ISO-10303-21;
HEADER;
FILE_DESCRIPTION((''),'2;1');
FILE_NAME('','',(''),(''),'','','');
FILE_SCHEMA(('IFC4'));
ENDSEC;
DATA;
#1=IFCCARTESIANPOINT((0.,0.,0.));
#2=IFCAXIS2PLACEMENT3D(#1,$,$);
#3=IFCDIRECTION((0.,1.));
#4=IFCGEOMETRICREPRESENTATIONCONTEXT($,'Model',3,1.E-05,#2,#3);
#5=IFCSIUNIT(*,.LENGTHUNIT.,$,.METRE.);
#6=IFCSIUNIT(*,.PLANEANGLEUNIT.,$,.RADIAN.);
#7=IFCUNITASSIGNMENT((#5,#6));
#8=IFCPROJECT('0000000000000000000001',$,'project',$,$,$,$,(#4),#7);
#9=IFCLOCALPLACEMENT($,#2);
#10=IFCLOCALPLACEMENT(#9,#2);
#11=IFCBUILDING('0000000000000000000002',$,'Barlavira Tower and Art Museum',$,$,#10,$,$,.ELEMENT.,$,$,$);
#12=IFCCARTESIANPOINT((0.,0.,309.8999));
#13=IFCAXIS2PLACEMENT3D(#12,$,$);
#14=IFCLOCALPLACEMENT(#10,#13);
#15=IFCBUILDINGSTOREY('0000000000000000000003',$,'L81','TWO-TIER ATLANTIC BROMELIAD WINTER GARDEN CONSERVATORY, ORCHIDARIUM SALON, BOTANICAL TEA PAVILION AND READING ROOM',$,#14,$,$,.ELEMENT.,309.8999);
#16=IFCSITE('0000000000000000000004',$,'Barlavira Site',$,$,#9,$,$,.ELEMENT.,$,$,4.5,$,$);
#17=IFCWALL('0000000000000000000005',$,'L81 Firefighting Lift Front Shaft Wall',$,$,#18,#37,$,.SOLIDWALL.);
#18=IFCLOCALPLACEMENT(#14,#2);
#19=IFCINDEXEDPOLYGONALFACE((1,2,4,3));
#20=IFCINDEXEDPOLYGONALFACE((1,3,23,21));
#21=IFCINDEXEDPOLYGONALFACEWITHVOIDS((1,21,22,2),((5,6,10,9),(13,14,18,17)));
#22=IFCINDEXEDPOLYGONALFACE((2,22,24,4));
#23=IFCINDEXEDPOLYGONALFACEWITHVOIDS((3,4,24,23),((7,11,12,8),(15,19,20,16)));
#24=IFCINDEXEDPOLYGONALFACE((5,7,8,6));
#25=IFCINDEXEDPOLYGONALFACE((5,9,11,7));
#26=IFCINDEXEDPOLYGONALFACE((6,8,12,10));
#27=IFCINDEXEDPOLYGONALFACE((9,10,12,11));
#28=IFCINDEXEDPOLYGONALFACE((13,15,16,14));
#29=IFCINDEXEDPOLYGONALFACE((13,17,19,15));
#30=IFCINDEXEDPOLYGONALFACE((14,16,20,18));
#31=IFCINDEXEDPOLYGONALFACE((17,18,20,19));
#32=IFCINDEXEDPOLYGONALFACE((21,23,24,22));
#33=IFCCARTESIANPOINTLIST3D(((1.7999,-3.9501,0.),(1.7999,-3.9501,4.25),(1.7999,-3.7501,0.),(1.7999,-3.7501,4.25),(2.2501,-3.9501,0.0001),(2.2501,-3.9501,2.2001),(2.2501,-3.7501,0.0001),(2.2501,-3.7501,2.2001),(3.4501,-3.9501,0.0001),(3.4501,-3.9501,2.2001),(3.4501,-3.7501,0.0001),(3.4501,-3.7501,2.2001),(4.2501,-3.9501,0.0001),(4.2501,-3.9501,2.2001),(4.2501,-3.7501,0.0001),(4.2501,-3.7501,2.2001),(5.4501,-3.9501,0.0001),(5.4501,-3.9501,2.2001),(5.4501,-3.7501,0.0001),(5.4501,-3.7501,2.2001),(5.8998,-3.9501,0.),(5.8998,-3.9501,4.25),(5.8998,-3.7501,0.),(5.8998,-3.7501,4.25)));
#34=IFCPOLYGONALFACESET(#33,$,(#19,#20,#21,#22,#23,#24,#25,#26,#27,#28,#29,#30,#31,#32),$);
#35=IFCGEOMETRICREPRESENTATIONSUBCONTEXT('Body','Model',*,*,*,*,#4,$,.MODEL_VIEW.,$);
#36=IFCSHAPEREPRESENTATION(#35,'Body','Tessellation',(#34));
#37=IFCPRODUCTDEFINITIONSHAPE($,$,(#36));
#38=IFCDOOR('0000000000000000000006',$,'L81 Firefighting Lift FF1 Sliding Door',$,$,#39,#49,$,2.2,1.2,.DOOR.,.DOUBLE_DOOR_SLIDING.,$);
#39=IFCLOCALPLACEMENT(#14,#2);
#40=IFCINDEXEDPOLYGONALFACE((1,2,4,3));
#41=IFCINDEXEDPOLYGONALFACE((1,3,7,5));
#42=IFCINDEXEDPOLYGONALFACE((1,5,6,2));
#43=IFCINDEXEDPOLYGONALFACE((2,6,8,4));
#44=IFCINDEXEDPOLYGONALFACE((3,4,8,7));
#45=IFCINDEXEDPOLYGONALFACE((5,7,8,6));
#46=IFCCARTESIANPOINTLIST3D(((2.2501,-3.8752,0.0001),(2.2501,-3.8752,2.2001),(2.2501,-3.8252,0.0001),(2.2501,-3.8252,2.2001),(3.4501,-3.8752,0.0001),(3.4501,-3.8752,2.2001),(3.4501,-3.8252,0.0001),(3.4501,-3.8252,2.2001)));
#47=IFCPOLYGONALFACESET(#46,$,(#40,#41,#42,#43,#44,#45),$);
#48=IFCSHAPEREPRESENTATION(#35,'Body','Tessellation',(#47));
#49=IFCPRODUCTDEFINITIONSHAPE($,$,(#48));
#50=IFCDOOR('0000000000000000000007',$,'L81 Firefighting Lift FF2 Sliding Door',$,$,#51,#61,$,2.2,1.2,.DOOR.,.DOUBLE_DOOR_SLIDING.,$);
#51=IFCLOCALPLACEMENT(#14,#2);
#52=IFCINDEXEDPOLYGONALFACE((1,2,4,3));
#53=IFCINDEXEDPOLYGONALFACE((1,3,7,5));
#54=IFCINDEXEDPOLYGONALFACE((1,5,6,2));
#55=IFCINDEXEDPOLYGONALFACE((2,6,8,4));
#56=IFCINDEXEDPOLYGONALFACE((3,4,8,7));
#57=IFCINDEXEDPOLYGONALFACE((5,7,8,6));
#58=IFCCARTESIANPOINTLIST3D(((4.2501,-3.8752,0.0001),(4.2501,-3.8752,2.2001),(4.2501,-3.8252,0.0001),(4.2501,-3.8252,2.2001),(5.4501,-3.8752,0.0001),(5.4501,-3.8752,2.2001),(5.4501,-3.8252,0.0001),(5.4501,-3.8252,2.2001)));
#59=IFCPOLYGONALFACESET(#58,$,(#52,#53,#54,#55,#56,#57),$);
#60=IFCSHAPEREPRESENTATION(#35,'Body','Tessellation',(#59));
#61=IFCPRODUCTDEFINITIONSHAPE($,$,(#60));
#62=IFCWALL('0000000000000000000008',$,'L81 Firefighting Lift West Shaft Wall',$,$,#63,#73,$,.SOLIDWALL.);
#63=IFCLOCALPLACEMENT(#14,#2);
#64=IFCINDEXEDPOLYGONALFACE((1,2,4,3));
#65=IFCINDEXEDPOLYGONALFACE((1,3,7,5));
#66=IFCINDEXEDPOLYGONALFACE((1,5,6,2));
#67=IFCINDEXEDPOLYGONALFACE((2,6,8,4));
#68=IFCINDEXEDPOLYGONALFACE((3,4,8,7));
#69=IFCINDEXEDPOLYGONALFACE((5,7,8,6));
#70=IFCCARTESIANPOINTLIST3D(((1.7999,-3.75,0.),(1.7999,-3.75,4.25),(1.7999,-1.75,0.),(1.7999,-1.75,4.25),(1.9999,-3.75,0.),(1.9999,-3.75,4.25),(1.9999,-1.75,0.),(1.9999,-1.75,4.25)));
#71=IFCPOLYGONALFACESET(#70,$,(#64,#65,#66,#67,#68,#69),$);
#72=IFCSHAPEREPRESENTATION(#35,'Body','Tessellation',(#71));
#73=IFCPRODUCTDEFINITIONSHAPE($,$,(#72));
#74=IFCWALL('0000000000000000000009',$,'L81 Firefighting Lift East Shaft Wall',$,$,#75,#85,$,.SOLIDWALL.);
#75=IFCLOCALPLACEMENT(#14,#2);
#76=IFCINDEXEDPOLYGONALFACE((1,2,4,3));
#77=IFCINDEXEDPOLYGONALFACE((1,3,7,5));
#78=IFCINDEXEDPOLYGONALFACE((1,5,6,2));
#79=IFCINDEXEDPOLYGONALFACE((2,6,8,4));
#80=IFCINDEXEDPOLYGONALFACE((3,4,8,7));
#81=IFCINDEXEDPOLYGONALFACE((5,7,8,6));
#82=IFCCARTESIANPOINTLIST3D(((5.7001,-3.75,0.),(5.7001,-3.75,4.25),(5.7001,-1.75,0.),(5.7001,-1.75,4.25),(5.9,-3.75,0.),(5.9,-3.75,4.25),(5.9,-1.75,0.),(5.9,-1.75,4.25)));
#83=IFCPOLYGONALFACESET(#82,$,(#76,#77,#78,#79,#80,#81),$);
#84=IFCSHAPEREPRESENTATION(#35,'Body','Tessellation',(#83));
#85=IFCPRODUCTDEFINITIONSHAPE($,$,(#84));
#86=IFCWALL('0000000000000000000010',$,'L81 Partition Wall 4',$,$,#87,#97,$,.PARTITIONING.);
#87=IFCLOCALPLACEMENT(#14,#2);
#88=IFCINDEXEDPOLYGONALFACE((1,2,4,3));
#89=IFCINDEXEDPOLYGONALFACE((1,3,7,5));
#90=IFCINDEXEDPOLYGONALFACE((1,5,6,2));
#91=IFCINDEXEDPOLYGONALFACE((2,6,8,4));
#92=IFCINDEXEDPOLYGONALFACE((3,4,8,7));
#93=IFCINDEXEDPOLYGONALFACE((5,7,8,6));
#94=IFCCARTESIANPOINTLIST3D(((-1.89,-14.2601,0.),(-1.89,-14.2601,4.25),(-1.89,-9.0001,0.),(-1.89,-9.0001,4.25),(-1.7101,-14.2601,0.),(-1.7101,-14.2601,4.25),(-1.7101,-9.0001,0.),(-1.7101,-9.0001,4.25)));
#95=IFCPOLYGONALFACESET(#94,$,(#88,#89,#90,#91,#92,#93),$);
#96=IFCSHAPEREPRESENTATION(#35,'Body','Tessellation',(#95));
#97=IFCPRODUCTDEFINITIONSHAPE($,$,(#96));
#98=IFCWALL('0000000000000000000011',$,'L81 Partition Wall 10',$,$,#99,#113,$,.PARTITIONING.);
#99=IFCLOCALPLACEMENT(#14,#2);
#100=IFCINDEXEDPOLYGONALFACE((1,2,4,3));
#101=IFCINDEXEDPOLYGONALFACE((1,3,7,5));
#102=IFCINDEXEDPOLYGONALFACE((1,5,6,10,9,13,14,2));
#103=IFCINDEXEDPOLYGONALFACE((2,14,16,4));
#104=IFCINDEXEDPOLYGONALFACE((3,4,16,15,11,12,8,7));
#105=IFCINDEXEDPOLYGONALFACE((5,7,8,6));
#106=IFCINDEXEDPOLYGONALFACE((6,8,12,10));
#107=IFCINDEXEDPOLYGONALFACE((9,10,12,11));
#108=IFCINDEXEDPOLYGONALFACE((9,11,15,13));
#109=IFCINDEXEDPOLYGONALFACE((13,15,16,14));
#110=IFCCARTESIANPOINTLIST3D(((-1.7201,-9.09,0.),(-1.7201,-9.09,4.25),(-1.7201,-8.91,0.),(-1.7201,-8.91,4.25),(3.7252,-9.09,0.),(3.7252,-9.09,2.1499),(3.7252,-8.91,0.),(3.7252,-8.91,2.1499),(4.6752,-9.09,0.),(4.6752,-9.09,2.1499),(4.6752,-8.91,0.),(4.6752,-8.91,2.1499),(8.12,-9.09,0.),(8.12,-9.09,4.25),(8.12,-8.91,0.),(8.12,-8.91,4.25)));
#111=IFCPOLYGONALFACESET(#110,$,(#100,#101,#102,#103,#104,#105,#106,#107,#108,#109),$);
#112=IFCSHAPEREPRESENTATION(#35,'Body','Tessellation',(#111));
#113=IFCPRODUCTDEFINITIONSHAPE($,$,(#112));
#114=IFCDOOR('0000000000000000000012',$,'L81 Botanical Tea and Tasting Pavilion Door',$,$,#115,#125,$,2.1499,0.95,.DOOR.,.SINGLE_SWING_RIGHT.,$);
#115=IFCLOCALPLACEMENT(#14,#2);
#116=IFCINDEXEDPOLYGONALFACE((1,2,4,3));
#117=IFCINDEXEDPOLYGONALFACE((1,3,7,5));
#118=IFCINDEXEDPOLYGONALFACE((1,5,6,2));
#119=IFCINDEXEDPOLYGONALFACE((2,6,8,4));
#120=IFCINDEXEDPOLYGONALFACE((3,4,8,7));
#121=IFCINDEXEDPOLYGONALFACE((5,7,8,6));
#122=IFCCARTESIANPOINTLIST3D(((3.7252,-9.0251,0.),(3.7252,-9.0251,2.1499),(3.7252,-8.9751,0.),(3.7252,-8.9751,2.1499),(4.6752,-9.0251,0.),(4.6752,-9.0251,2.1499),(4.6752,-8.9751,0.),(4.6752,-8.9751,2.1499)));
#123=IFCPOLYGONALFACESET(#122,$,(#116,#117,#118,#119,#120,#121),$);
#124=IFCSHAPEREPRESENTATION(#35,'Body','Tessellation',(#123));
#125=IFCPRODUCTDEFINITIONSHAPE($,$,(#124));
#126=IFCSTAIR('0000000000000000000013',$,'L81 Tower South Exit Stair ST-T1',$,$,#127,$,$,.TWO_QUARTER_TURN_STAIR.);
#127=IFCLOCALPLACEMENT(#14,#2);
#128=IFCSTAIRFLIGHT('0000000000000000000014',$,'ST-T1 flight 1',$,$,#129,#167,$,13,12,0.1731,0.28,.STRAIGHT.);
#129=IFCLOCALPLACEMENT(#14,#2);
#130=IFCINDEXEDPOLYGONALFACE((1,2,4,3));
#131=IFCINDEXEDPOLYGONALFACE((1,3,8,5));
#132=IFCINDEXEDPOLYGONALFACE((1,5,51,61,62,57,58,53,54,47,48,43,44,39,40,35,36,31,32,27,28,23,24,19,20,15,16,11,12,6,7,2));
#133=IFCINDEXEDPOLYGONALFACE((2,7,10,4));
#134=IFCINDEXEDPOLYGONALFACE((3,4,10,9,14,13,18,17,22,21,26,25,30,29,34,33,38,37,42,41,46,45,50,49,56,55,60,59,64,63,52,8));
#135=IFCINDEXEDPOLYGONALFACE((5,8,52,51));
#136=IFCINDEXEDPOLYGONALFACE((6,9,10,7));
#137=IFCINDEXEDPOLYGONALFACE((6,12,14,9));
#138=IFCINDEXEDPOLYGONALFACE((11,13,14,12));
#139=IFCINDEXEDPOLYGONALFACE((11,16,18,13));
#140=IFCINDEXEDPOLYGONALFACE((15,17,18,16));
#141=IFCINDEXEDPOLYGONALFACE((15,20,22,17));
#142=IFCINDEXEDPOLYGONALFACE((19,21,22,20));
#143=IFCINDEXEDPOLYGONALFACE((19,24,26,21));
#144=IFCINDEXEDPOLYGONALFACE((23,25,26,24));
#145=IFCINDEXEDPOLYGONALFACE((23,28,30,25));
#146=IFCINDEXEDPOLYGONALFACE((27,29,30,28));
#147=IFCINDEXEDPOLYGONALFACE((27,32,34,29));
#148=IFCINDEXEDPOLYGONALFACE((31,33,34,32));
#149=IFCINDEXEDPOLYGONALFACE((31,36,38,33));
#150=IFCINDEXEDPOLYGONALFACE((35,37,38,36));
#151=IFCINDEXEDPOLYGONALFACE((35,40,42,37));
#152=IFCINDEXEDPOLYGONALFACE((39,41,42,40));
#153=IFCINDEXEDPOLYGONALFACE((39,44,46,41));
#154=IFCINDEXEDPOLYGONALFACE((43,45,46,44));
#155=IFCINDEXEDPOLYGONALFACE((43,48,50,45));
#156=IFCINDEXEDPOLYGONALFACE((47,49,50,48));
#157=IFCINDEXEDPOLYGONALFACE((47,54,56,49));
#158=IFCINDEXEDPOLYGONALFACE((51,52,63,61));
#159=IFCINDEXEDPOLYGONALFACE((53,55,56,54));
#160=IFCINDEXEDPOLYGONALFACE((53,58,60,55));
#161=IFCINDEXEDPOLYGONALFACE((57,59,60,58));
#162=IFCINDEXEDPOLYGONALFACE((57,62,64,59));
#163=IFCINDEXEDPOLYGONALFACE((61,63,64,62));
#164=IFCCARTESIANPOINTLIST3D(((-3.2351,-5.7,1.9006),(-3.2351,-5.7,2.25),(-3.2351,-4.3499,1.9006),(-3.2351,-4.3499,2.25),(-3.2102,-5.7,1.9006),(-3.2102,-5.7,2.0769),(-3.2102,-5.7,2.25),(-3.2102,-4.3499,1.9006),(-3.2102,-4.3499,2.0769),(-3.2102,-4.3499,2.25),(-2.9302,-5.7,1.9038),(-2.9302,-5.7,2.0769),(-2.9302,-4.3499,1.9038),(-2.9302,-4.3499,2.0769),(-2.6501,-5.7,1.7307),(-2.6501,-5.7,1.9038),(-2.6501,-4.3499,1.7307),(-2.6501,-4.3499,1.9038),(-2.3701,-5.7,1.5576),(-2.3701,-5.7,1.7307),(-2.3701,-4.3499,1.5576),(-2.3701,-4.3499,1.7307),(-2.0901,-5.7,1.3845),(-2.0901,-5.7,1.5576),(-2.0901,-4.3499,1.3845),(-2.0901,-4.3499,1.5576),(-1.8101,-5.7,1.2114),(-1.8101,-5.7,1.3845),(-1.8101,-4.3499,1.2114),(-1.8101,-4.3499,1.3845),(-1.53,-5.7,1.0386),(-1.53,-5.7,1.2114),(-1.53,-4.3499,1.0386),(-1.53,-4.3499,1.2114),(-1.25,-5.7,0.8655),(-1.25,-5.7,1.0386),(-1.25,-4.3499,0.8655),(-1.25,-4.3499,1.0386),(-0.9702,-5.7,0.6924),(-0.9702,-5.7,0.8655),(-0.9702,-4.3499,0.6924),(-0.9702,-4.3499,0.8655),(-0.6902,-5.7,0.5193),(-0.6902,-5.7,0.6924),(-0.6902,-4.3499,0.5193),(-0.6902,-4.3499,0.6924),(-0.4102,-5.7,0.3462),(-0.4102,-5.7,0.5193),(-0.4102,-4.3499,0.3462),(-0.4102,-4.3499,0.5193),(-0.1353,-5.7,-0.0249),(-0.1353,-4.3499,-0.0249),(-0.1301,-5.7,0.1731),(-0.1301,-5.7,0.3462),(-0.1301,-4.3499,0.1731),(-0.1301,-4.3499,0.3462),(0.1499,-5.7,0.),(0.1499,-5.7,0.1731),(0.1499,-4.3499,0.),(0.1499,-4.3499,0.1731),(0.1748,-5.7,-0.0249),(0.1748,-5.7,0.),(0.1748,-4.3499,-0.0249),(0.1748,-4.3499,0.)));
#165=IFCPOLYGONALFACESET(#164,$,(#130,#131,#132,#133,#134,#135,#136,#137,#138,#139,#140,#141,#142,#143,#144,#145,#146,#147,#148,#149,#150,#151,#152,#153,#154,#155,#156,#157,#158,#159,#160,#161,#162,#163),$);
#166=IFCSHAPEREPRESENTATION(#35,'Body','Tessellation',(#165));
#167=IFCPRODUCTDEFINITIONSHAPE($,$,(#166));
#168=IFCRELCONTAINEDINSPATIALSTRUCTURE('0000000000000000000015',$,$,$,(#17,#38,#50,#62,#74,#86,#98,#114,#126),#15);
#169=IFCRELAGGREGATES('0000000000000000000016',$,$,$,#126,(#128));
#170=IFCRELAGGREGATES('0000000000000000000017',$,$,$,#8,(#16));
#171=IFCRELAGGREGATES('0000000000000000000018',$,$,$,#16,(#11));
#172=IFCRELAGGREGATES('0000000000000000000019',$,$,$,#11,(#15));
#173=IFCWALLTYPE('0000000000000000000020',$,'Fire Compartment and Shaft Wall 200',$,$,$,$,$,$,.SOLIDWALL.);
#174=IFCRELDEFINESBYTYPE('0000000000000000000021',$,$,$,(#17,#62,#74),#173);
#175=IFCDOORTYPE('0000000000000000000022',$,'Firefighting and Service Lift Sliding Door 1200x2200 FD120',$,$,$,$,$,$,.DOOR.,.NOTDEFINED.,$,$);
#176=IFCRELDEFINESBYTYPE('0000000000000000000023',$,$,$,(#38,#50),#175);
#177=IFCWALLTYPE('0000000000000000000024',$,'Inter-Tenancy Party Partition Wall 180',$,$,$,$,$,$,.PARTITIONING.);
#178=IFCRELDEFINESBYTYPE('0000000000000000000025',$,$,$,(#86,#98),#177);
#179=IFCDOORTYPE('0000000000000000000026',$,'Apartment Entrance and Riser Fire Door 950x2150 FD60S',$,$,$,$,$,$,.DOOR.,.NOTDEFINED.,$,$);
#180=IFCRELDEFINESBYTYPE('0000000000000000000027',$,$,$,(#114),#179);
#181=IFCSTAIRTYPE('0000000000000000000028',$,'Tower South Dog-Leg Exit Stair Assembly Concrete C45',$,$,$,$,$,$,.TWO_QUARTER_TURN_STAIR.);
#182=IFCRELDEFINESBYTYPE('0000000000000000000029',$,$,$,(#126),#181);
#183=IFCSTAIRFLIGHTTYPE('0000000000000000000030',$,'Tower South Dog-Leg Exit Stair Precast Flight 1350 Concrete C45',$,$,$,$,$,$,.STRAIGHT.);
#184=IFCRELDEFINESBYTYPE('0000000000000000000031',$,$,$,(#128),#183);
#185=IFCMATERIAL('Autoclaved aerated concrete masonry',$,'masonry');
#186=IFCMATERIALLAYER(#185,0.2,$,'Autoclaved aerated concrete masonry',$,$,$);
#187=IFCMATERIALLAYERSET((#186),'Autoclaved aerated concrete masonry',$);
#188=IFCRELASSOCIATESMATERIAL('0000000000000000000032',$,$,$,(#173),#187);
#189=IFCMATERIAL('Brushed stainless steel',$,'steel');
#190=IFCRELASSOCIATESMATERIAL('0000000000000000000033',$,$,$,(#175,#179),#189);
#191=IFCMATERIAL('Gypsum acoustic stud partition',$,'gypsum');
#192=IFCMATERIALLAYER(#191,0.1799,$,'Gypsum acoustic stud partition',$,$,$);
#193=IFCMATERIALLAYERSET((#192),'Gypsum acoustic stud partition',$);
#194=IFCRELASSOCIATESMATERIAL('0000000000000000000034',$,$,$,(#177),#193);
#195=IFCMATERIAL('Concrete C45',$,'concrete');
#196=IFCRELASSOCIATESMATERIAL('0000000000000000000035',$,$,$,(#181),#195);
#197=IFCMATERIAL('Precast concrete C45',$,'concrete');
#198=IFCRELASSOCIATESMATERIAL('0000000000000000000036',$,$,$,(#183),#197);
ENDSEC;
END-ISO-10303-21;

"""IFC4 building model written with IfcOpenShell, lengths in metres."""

from ifc_helpers import new_model, si_unit, direction, frame, frame_2d, origin, place, context, subcontext, project, spatial, polyline, rectangle, outline, extrude, material, layer, layer_set, type_object, element, fill, aggregate, save


model = new_model("IFC4")

# Units and contexts
model_context = context("Model", 3, precision=1e-05, world=origin(), true_north=direction((0.0, 1.0)))
body_context = subcontext(model_context, "Body", "Model", "MODEL_VIEW")
ifc_project = project(units=[si_unit("LENGTHUNIT", "METRE"), si_unit("PLANEANGLEUNIT", "RADIAN")], contexts=[model_context])

# Site, building, storey
site_placement = place(None, origin())
site = spatial("IfcSite", under=ifc_project, at=site_placement, Name="Barlavira Site", CompositionType="ELEMENT", RefElevation=4.5)
building_placement = place(site_placement, origin())
building = spatial("IfcBuilding", under=site, at=building_placement, Name="Barlavira Tower and Art Museum", CompositionType="ELEMENT")
storey_placement = place(building_placement, frame((0.0, 0.0, 309.8999)))
storey = spatial("IfcBuildingStorey", under=building, at=storey_placement, Name="L81", Description="TWO-TIER ATLANTIC BROMELIAD WINTER GARDEN CONSERVATORY, ORCHIDARIUM SALON, BOTANICAL TEA PAVILION AND READING ROOM", CompositionType="ELEMENT", Elevation=309.8999)

# Wall, openings, doors
ifc_material_1 = material(Name="Autoclaved aerated concrete masonry", Category="masonry")
ifc_layer_1 = layer(ifc_material_1, 0.2, Name="Autoclaved aerated concrete masonry")
ifc_layer_set_1 = layer_set([ifc_layer_1], Name="Autoclaved aerated concrete masonry")
wall_type_1 = type_object("IfcWallType", Name="Fire Compartment and Shaft Wall 200", PredefinedType="SOLIDWALL", material=ifc_layer_set_1)
wall_1_placement = place(storey_placement, frame((1.8, -3.8501, 0.0), z_axis=(0.0, 0.0, 1.0), x_axis=(1.0, 0.0, 0.0)))
wall_1 = element("IfcWall", 1, at=wall_1_placement, inside=storey, type_object=wall_type_1, Name="L81 Firefighting Lift Front Shaft Wall", PredefinedType="SOLIDWALL", context=body_context, shape_type="SweptSolid", body=[
    extrude(rectangle(XDim=4.0999, YDim=0.2, at=frame_2d((2.0498, 0.0))), origin(), (0.0, 0.0, 1.0), 4.25),
])
opening_1_placement = place(wall_1_placement, frame((0.45, 0.0, 0.0)))
opening_1 = element("IfcOpeningElement", 2, at=opening_1_placement, cuts=wall_1, PredefinedType="OPENING", context=body_context, shape_type="SweptSolid", body=[
    extrude(rectangle(XDim=1.2, YDim=2.2, at=frame_2d((0.6001, 1.1001))), frame((0.0, 0.1099, 0.0), z_axis=(0.0, -1.0, 0.0), x_axis=(1.0, 0.0, 0.0)), (0.0, 0.0, 1.0), 0.22),
])
opening_2_placement = place(wall_1_placement, frame((2.45, 0.0, 0.0)))
opening_2 = element("IfcOpeningElement", 3, at=opening_2_placement, cuts=wall_1, PredefinedType="OPENING", context=body_context, shape_type="SweptSolid", body=[
    extrude(rectangle(XDim=1.2, YDim=2.2, at=frame_2d((0.6001, 1.1001))), frame((0.0, 0.1099, 0.0), z_axis=(0.0, -1.0, 0.0), x_axis=(1.0, 0.0, 0.0)), (0.0, 0.0, 1.0), 0.22),
])
ifc_material_2 = material(Name="Brushed stainless steel", Category="steel")
door_type_1 = type_object("IfcDoorType", Name="Firefighting and Service Lift Sliding Door 1200x2200 FD120", OperationType="NOTDEFINED", PredefinedType="DOOR", material=ifc_material_2)
door_1_placement = place(opening_1_placement, origin())
door_1 = element("IfcDoor", 4, at=door_1_placement, inside=storey, type_object=door_type_1, Name="L81 Firefighting Lift FF1 Sliding Door", OperationType="DOUBLE_DOOR_SLIDING", OverallHeight=2.2, OverallWidth=1.2, PredefinedType="DOOR", context=body_context, shape_type="SweptSolid", body=[
    extrude(rectangle(XDim=1.2, YDim=2.2, at=frame_2d((0.6001, 1.1001))), frame((0.0, 0.0249, 0.0), z_axis=(0.0, -1.0, 0.0), x_axis=(1.0, 0.0, 0.0)), (0.0, 0.0, 1.0), 0.05),
])
fill(opening_1, door_1)
door_2_placement = place(opening_2_placement, origin())
door_2 = element("IfcDoor", 5, at=door_2_placement, inside=storey, type_object=door_type_1, Name="L81 Firefighting Lift FF2 Sliding Door", OperationType="DOUBLE_DOOR_SLIDING", OverallHeight=2.2, OverallWidth=1.2, PredefinedType="DOOR", context=body_context, shape_type="SweptSolid", body=[
    extrude(rectangle(XDim=1.2, YDim=2.2, at=frame_2d((0.6001, 1.1001))), frame((0.0, 0.0249, 0.0), z_axis=(0.0, -1.0, 0.0), x_axis=(1.0, 0.0, 0.0)), (0.0, 0.0, 1.0), 0.05),
])
fill(opening_2, door_2)

# Walls
for number, where, z_axis, x_axis, name in (
    (6, (1.8999, -3.75, 0.0), (0.0, 0.0, 1.0), (0.0, 1.0, 0.0), "L81 Firefighting Lift West Shaft Wall"),
    (7, (5.8, -3.75, 0.0), (0.0, 0.0, 1.0), (0.0, 1.0, 0.0), "L81 Firefighting Lift East Shaft Wall"),
):
    element("IfcWall", number, at=place(storey_placement, frame(where, z_axis=z_axis, x_axis=x_axis)), inside=storey, type_object=wall_type_1, Name=name, PredefinedType="SOLIDWALL", context=body_context, shape_type="SweptSolid", body=[
        extrude(rectangle(XDim=2.0, YDim=0.2, at=frame_2d((1.0, 0.0))), origin(), (0.0, 0.0, 1.0), 4.25),
    ])
ifc_material_3 = material(Name="Gypsum acoustic stud partition", Category="gypsum")
ifc_layer_2 = layer(ifc_material_3, 0.1799, Name="Gypsum acoustic stud partition")
ifc_layer_set_2 = layer_set([ifc_layer_2], Name="Gypsum acoustic stud partition")
wall_type_2 = type_object("IfcWallType", Name="Inter-Tenancy Party Partition Wall 180", PredefinedType="PARTITIONING", material=ifc_layer_set_2)
wall_2_placement = place(storey_placement, frame((-1.8, -14.26, 0.0), z_axis=(0.0, 0.0, 1.0), x_axis=(0.0, 1.0, 0.0)))
element("IfcWall", 8, at=wall_2_placement, inside=storey, type_object=wall_type_2, Name="L81 Partition Wall 4", PredefinedType="PARTITIONING", context=body_context, shape_type="SweptSolid", body=[
    extrude(rectangle(XDim=5.26, YDim=0.1799, at=frame_2d((2.6299, 0.0))), origin(), (0.0, 0.0, 1.0), 4.25),
])

# Wall, opening, door
wall_3_placement = place(storey_placement, frame((-1.72, -9.0, 0.0), z_axis=(0.0, 0.0, 1.0), x_axis=(1.0, 0.0, 0.0)))
wall_3 = element("IfcWall", 9, at=wall_3_placement, inside=storey, type_object=wall_type_2, Name="L81 Partition Wall 10", PredefinedType="PARTITIONING", context=body_context, shape_type="SweptSolid", body=[
    extrude(rectangle(XDim=9.8401, YDim=0.1799, at=frame_2d((4.9199, 0.0))), origin(), (0.0, 0.0, 1.0), 4.25),
])
opening_3_placement = place(wall_3_placement, frame((5.4451, 0.0, 0.0)))
opening_3 = element("IfcOpeningElement", 10, at=opening_3_placement, cuts=wall_3, PredefinedType="OPENING", context=body_context, shape_type="SweptSolid", body=[
    extrude(rectangle(XDim=0.95, YDim=2.1499, at=frame_2d((0.4751, 1.075))), frame((0.0, 0.1001, 0.0), z_axis=(0.0, -1.0, 0.0), x_axis=(1.0, 0.0, 0.0)), (0.0, 0.0, 1.0), 0.2),
])
door_type_2 = type_object("IfcDoorType", Name="Apartment Entrance and Riser Fire Door 950x2150 FD60S", OperationType="NOTDEFINED", PredefinedType="DOOR", material=ifc_material_2)
door_3_placement = place(opening_3_placement, origin())
door_3 = element("IfcDoor", 11, at=door_3_placement, inside=storey, type_object=door_type_2, Name="L81 Botanical Tea and Tasting Pavilion Door", OperationType="SINGLE_SWING_RIGHT", OverallHeight=2.1499, OverallWidth=0.95, PredefinedType="DOOR", context=body_context, shape_type="SweptSolid", body=[
    extrude(rectangle(XDim=0.95, YDim=2.1499, at=frame_2d((0.4751, 1.075))), frame((0.0, 0.0249, 0.0), z_axis=(0.0, -1.0, 0.0), x_axis=(1.0, 0.0, 0.0)), (0.0, 0.0, 1.0), 0.05),
])
fill(opening_3, door_3)

# Stair, stair flight
ifc_material_4 = material(Name="Concrete C45", Category="concrete")
stair_type = type_object("IfcStairType", Name="Tower South Dog-Leg Exit Stair Assembly Concrete C45", PredefinedType="TWO_QUARTER_TURN_STAIR", material=ifc_material_4)
stair_placement = place(storey_placement, origin())
stair = element("IfcStair", 12, at=stair_placement, inside=storey, type_object=stair_type, Name="L81 Tower South Exit Stair ST-T1", PredefinedType="TWO_QUARTER_TURN_STAIR")
ifc_material_5 = material(Name="Precast concrete C45", Category="concrete")
stair_flight_type = type_object("IfcStairFlightType", Name="Tower South Dog-Leg Exit Stair Precast Flight 1350 Concrete C45", PredefinedType="STRAIGHT", material=ifc_material_5)
stair_flight_placement = place(storey_placement, frame((0.1499, -5.0249, 0.0), z_axis=(0.0, 0.0, 1.0), x_axis=(-1.0, 0.0, 0.0)))
stair_flight = element("IfcStairFlight", 13, at=stair_flight_placement, type_object=stair_flight_type, Name="ST-T1 flight 1", NumberOfRisers=13, NumberOfTreads=12, PredefinedType="STRAIGHT", RiserHeight=0.1731, TreadLength=0.28, context=body_context, shape_type="SweptSolid", body=[
    extrude(outline(polyline([(-0.0249, 0.0), (0.0, 0.0), (0.0, 0.1731), (0.28, 0.1731), (0.28, 0.3462), (0.5601, 0.3462), (0.5601, 0.5193), (0.8401, 0.5193), (0.8401, 0.6924), (1.1201, 0.6924), (1.1201, 0.8655), (1.3999, 0.8655), (1.3999, 1.0386), (1.6799, 1.0386), (1.6799, 1.2114), (1.96, 1.2114), (1.96, 1.3845), (2.24, 1.3845), (2.24, 1.5576), (2.52, 1.5576), (2.52, 1.7307), (2.8, 1.7307), (2.8, 1.9038), (3.0801, 1.9038), (3.0801, 2.0769), (3.3601, 2.0769), (3.3601, 2.25), (3.385, 2.25), (3.385, 1.9006), (3.3601, 1.9006), (0.2852, -0.0249), (-0.0249, -0.0249), (-0.0249, 0.0)])), frame((0.0, 0.675, 0.0), z_axis=(0.0, -1.0, 0.0), x_axis=(1.0, 0.0, 0.0)), (0.0, 0.0, 1.0), 1.3501),
])
aggregate(stair, [stair_flight])

save(model, "model.ifc")
